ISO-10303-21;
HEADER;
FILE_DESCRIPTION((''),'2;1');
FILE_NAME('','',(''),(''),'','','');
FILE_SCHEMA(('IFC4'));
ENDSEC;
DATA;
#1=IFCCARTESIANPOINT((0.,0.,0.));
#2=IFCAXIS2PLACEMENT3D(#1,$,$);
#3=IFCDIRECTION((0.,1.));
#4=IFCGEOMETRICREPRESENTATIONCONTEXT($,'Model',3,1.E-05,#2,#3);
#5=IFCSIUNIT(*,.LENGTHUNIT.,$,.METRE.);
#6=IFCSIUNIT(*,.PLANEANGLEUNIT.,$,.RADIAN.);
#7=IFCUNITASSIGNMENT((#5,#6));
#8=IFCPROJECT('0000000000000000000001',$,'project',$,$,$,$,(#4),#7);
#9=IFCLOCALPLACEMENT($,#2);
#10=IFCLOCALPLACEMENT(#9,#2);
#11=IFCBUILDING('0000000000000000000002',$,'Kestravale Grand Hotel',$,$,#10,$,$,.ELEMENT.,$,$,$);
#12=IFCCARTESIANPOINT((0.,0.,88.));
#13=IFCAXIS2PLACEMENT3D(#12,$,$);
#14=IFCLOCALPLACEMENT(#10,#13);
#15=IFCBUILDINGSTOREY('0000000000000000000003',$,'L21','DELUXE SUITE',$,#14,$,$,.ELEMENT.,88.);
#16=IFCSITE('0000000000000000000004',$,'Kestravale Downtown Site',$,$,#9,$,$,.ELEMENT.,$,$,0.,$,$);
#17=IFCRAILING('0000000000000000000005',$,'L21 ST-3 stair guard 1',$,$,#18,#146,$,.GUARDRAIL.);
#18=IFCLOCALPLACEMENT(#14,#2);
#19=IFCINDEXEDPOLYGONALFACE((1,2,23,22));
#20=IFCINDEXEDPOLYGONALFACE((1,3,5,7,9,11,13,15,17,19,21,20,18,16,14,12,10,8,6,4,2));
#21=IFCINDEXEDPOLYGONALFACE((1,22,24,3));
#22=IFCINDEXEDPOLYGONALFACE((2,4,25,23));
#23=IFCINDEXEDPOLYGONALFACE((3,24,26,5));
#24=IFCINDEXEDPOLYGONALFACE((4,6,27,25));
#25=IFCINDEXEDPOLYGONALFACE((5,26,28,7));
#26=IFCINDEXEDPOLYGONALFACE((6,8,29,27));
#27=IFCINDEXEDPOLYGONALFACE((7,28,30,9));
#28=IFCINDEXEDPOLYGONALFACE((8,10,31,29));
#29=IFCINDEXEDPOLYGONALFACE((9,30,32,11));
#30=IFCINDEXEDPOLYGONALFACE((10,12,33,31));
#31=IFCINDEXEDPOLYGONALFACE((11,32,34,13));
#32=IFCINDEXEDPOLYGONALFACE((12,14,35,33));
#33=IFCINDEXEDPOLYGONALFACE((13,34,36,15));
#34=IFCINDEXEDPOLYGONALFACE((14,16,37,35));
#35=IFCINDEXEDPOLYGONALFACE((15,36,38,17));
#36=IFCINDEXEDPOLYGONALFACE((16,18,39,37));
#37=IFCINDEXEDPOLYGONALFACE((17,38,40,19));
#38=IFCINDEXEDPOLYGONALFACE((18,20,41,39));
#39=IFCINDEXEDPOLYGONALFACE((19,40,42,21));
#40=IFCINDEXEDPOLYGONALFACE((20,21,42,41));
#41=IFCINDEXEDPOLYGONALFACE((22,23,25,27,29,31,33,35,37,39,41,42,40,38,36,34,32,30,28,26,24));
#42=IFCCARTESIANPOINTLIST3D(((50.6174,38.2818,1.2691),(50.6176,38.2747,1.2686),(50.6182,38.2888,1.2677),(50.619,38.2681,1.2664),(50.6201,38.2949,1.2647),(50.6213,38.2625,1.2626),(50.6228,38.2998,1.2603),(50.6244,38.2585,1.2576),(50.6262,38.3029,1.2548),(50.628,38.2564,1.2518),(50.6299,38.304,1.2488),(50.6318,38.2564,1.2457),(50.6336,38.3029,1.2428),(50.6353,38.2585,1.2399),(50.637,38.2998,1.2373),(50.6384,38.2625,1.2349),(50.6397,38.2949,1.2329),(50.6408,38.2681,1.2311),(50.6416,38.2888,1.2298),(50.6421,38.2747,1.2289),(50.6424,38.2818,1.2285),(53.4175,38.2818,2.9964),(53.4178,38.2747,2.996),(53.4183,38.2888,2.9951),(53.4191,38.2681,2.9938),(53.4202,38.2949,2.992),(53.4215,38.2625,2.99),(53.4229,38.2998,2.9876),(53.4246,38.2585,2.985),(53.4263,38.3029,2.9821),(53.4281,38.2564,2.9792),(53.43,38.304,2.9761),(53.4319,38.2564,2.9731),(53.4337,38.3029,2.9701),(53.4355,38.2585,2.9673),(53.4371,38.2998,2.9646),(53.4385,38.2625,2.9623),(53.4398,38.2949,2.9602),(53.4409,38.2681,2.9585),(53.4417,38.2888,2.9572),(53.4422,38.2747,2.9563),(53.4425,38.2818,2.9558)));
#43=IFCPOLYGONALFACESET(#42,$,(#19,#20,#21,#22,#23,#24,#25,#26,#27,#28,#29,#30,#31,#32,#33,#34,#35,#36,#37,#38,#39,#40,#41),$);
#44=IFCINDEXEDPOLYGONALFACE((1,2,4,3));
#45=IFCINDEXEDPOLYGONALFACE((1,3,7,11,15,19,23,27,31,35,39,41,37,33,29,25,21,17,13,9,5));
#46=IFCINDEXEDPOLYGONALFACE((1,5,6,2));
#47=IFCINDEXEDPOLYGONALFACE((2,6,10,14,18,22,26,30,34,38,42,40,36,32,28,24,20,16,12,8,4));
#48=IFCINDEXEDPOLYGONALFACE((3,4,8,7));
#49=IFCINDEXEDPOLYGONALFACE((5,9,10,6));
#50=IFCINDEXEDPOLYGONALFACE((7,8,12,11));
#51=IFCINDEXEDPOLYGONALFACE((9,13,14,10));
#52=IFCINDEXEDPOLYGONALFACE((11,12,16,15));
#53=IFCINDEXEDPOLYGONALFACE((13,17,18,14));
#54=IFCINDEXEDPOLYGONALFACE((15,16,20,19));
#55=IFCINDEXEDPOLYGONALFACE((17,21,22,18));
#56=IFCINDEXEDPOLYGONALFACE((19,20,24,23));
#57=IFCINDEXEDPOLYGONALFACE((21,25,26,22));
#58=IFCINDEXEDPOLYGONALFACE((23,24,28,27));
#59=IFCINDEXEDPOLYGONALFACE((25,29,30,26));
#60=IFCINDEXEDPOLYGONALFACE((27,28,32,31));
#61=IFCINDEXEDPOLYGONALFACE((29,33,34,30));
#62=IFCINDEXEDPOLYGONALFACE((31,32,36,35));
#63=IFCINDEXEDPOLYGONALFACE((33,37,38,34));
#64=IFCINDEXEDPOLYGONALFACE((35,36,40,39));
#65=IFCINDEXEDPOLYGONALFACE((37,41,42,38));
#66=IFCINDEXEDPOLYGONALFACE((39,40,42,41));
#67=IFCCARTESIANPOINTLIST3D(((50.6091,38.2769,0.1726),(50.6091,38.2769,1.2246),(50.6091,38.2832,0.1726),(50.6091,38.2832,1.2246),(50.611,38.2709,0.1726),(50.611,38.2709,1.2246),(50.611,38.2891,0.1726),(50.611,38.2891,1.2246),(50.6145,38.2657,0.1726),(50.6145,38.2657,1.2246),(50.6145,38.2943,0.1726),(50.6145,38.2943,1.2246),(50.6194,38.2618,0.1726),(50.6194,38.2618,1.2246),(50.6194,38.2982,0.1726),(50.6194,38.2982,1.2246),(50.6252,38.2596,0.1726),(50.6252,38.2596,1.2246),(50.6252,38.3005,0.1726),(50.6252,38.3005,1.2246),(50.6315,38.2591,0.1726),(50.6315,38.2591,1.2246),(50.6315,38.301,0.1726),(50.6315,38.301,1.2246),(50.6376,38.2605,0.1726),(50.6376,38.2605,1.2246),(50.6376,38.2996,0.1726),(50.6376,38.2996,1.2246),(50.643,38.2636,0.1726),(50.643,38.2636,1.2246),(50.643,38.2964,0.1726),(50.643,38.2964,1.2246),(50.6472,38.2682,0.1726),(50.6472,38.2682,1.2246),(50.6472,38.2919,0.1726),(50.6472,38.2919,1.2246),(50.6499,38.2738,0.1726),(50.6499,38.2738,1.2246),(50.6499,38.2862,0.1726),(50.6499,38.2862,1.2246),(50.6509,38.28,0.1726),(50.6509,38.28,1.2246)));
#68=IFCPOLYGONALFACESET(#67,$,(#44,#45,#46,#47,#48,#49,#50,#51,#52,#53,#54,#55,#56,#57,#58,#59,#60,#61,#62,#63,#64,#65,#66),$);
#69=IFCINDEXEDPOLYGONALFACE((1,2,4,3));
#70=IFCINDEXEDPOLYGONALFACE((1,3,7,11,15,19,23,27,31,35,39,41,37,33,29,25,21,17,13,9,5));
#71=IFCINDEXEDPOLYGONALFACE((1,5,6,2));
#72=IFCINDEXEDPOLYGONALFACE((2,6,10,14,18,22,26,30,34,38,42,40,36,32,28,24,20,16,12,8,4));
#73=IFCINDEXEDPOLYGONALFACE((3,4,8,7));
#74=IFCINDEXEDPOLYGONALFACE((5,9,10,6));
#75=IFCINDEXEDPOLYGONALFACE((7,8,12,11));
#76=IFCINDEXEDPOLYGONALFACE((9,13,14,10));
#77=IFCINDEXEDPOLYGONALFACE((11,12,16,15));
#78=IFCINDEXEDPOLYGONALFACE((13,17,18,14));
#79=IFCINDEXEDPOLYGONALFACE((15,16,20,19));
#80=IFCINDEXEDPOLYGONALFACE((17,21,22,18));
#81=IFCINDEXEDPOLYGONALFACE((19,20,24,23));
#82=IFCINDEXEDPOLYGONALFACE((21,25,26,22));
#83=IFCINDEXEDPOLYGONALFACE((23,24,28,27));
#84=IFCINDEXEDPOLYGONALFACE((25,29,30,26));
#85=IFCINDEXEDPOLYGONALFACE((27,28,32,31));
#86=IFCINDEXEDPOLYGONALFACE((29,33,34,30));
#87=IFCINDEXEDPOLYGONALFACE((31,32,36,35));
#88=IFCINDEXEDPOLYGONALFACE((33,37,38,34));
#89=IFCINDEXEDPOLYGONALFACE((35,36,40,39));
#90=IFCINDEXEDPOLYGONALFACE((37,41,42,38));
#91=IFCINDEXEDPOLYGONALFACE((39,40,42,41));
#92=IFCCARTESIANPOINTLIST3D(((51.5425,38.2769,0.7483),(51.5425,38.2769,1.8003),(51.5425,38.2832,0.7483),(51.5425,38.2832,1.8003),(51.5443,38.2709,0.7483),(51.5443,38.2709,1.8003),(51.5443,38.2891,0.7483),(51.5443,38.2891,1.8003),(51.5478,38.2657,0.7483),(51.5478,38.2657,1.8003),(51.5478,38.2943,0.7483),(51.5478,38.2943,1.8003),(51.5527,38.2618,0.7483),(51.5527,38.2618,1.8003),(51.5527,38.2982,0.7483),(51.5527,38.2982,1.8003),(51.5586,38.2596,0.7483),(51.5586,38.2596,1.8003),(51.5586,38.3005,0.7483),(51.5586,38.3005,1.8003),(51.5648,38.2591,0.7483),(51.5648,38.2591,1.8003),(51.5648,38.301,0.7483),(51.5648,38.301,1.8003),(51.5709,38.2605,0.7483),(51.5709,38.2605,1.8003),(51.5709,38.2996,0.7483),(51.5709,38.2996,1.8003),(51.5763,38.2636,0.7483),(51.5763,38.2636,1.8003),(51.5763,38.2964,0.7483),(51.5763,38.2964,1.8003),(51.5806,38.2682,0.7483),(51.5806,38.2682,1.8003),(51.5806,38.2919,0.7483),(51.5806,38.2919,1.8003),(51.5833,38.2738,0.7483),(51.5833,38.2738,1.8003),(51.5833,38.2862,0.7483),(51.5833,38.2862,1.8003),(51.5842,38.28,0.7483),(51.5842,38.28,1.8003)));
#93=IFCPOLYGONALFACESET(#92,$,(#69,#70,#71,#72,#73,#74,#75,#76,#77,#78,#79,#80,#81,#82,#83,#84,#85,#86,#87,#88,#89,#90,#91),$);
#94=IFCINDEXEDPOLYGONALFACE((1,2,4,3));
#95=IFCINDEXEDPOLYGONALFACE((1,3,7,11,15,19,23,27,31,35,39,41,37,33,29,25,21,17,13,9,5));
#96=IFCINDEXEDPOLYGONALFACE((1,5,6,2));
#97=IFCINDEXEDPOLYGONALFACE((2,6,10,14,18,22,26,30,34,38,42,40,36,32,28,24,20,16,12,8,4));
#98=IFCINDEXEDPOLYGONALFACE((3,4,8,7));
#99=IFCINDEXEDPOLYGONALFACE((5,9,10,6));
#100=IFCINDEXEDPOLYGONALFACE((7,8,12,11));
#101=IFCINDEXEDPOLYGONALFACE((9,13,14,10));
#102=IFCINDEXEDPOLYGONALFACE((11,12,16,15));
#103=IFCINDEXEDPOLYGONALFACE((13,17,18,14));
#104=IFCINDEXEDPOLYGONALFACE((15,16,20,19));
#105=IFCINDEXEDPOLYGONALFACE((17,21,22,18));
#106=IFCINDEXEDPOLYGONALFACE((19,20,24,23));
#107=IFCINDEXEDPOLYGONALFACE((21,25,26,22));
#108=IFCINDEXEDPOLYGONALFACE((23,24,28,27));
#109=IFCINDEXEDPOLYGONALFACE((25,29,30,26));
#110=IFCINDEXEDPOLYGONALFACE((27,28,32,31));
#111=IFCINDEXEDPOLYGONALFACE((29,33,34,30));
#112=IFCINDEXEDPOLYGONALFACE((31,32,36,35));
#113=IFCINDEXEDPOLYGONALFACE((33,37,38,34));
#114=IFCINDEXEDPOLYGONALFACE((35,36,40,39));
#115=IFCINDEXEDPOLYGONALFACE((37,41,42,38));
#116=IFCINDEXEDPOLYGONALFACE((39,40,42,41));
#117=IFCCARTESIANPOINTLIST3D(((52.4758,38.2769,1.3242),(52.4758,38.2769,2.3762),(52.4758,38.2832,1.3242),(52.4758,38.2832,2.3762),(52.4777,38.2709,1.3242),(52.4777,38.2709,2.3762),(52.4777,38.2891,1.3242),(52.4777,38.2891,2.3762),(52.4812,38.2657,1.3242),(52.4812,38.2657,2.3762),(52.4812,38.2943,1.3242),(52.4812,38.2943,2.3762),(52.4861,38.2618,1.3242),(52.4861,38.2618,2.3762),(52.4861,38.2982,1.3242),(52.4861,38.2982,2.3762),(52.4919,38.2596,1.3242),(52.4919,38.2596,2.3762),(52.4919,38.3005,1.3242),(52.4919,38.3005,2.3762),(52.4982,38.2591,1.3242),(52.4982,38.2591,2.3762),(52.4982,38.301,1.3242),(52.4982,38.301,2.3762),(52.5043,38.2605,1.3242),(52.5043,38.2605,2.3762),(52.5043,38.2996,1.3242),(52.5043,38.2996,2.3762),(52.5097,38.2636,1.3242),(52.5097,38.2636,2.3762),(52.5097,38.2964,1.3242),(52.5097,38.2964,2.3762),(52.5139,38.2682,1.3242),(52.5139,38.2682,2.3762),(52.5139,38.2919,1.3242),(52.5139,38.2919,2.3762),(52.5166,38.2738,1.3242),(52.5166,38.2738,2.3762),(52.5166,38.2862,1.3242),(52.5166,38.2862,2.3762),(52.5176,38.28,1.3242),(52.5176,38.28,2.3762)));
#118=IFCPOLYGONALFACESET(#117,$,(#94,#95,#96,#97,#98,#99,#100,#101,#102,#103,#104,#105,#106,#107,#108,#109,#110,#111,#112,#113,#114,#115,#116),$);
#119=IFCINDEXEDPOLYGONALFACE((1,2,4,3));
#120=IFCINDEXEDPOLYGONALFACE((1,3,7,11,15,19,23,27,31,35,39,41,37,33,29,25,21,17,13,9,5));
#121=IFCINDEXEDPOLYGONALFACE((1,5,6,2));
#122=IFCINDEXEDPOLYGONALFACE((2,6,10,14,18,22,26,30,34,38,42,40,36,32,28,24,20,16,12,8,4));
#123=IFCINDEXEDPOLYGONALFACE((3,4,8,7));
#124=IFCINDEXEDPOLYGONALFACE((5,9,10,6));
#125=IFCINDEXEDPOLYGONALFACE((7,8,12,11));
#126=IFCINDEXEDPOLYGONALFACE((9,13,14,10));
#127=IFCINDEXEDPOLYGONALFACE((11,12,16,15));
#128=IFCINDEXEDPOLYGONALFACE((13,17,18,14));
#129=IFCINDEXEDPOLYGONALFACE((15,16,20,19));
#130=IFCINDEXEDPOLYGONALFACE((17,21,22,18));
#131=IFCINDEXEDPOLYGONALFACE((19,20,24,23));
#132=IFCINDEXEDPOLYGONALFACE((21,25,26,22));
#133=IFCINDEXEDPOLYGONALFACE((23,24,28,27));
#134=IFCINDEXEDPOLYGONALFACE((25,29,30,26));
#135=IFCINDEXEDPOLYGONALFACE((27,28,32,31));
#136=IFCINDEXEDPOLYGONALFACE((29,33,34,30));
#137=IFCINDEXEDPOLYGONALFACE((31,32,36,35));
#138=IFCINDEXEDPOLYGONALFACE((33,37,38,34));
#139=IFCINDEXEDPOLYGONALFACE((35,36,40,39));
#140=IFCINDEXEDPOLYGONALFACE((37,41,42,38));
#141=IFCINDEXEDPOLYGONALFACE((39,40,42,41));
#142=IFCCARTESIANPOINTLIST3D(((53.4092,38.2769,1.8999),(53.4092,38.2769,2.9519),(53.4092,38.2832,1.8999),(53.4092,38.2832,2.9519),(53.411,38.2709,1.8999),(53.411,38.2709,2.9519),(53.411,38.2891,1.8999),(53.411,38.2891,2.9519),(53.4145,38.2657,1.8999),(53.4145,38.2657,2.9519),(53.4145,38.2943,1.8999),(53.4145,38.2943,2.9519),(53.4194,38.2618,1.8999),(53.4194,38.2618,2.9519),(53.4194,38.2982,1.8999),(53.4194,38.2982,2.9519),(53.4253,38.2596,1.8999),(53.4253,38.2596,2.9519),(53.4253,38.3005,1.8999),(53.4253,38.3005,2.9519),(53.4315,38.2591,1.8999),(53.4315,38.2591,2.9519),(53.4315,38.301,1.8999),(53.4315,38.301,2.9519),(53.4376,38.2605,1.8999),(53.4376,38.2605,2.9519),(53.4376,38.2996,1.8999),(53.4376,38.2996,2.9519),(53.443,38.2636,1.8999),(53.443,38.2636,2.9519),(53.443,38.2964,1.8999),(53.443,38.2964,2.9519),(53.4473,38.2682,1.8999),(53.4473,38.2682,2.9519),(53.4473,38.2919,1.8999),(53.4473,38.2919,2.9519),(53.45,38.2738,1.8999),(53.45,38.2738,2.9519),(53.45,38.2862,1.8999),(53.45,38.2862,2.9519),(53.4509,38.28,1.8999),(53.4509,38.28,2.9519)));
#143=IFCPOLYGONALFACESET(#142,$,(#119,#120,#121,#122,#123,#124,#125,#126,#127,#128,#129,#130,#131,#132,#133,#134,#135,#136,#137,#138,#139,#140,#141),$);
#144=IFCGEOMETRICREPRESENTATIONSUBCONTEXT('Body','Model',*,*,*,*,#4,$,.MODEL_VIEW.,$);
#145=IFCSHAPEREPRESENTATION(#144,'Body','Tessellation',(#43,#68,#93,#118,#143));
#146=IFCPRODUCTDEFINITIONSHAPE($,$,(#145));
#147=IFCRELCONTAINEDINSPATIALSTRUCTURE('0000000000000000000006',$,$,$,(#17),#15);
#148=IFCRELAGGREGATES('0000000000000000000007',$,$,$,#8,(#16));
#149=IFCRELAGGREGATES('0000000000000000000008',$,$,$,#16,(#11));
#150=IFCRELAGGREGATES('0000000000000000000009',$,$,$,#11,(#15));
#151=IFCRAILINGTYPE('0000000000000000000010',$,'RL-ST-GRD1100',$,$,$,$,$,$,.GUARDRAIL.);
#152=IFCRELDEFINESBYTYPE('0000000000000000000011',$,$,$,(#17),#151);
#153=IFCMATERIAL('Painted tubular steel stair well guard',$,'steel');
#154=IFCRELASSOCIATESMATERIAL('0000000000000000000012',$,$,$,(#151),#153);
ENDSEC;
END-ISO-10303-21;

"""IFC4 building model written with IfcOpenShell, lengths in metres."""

from ifc_helpers import new_model, si_unit, direction, frame, origin, origin_2d, place, context, subcontext, project, spatial, circle, extrude, material, type_object, element, save


model = new_model("IFC4")

# Units and contexts
model_context = context("Model", 3, precision=1e-05, world=origin(), true_north=direction((0.0, 1.0)))
body_context = subcontext(model_context, "Body", "Model", "MODEL_VIEW")
ifc_project = project(units=[si_unit("LENGTHUNIT", "METRE"), si_unit("PLANEANGLEUNIT", "RADIAN")], contexts=[model_context])

# Site, building, storey
site_placement = place(None, origin())
site = spatial("IfcSite", under=ifc_project, at=site_placement, Name="Kestravale Downtown Site", CompositionType="ELEMENT", RefElevation=0.0)
building_placement = place(site_placement, origin())
building = spatial("IfcBuilding", under=site, at=building_placement, Name="Kestravale Grand Hotel", CompositionType="ELEMENT")
storey_placement = place(building_placement, frame((0.0, 0.0, 88.0)))
storey = spatial("IfcBuildingStorey", under=building, at=storey_placement, Name="L21", Description="DELUXE SUITE", CompositionType="ELEMENT", Elevation=88.0)

# Railing
ifc_material_1 = material(Name="Painted tubular steel stair well guard", Category="steel")
railing_type_1 = type_object("IfcRailingType", Name="RL-ST-GRD1100", PredefinedType="GUARDRAIL", material=ifc_material_1)
railing_1_placement = place(storey_placement, frame((50.6299, 38.28, 0.1726)))
element("IfcRailing", 1, at=railing_1_placement, inside=storey, type_object=railing_type_1, Name="L21 ST-3 stair guard 1", PredefinedType="GUARDRAIL", context=body_context, shape_type="SweptSolid", body=[
    extrude(circle(Radius=0.0239, at=origin_2d()), frame((0.0, 0.0, 1.0762), z_axis=(0.85109, 0.0, 0.52502), x_axis=(0.0, 1.0, 0.0)), (0.0, 0.0, 1.0), 3.29),
    extrude(circle(Radius=0.021, at=origin_2d()), origin(), (0.0, 0.0, 1.0), 1.052),
    extrude(circle(Radius=0.021, at=origin_2d()), frame((0.9333, 0.0, 0.5757)), (0.0, 0.0, 1.0), 1.052),
    extrude(circle(Radius=0.021, at=origin_2d()), frame((1.8667, 0.0, 1.1516)), (0.0, 0.0, 1.0), 1.052),
    extrude(circle(Radius=0.021, at=origin_2d()), frame((2.8, 0.0, 1.7273)), (0.0, 0.0, 1.0), 1.052),
])

save(model, "model.ifc")
